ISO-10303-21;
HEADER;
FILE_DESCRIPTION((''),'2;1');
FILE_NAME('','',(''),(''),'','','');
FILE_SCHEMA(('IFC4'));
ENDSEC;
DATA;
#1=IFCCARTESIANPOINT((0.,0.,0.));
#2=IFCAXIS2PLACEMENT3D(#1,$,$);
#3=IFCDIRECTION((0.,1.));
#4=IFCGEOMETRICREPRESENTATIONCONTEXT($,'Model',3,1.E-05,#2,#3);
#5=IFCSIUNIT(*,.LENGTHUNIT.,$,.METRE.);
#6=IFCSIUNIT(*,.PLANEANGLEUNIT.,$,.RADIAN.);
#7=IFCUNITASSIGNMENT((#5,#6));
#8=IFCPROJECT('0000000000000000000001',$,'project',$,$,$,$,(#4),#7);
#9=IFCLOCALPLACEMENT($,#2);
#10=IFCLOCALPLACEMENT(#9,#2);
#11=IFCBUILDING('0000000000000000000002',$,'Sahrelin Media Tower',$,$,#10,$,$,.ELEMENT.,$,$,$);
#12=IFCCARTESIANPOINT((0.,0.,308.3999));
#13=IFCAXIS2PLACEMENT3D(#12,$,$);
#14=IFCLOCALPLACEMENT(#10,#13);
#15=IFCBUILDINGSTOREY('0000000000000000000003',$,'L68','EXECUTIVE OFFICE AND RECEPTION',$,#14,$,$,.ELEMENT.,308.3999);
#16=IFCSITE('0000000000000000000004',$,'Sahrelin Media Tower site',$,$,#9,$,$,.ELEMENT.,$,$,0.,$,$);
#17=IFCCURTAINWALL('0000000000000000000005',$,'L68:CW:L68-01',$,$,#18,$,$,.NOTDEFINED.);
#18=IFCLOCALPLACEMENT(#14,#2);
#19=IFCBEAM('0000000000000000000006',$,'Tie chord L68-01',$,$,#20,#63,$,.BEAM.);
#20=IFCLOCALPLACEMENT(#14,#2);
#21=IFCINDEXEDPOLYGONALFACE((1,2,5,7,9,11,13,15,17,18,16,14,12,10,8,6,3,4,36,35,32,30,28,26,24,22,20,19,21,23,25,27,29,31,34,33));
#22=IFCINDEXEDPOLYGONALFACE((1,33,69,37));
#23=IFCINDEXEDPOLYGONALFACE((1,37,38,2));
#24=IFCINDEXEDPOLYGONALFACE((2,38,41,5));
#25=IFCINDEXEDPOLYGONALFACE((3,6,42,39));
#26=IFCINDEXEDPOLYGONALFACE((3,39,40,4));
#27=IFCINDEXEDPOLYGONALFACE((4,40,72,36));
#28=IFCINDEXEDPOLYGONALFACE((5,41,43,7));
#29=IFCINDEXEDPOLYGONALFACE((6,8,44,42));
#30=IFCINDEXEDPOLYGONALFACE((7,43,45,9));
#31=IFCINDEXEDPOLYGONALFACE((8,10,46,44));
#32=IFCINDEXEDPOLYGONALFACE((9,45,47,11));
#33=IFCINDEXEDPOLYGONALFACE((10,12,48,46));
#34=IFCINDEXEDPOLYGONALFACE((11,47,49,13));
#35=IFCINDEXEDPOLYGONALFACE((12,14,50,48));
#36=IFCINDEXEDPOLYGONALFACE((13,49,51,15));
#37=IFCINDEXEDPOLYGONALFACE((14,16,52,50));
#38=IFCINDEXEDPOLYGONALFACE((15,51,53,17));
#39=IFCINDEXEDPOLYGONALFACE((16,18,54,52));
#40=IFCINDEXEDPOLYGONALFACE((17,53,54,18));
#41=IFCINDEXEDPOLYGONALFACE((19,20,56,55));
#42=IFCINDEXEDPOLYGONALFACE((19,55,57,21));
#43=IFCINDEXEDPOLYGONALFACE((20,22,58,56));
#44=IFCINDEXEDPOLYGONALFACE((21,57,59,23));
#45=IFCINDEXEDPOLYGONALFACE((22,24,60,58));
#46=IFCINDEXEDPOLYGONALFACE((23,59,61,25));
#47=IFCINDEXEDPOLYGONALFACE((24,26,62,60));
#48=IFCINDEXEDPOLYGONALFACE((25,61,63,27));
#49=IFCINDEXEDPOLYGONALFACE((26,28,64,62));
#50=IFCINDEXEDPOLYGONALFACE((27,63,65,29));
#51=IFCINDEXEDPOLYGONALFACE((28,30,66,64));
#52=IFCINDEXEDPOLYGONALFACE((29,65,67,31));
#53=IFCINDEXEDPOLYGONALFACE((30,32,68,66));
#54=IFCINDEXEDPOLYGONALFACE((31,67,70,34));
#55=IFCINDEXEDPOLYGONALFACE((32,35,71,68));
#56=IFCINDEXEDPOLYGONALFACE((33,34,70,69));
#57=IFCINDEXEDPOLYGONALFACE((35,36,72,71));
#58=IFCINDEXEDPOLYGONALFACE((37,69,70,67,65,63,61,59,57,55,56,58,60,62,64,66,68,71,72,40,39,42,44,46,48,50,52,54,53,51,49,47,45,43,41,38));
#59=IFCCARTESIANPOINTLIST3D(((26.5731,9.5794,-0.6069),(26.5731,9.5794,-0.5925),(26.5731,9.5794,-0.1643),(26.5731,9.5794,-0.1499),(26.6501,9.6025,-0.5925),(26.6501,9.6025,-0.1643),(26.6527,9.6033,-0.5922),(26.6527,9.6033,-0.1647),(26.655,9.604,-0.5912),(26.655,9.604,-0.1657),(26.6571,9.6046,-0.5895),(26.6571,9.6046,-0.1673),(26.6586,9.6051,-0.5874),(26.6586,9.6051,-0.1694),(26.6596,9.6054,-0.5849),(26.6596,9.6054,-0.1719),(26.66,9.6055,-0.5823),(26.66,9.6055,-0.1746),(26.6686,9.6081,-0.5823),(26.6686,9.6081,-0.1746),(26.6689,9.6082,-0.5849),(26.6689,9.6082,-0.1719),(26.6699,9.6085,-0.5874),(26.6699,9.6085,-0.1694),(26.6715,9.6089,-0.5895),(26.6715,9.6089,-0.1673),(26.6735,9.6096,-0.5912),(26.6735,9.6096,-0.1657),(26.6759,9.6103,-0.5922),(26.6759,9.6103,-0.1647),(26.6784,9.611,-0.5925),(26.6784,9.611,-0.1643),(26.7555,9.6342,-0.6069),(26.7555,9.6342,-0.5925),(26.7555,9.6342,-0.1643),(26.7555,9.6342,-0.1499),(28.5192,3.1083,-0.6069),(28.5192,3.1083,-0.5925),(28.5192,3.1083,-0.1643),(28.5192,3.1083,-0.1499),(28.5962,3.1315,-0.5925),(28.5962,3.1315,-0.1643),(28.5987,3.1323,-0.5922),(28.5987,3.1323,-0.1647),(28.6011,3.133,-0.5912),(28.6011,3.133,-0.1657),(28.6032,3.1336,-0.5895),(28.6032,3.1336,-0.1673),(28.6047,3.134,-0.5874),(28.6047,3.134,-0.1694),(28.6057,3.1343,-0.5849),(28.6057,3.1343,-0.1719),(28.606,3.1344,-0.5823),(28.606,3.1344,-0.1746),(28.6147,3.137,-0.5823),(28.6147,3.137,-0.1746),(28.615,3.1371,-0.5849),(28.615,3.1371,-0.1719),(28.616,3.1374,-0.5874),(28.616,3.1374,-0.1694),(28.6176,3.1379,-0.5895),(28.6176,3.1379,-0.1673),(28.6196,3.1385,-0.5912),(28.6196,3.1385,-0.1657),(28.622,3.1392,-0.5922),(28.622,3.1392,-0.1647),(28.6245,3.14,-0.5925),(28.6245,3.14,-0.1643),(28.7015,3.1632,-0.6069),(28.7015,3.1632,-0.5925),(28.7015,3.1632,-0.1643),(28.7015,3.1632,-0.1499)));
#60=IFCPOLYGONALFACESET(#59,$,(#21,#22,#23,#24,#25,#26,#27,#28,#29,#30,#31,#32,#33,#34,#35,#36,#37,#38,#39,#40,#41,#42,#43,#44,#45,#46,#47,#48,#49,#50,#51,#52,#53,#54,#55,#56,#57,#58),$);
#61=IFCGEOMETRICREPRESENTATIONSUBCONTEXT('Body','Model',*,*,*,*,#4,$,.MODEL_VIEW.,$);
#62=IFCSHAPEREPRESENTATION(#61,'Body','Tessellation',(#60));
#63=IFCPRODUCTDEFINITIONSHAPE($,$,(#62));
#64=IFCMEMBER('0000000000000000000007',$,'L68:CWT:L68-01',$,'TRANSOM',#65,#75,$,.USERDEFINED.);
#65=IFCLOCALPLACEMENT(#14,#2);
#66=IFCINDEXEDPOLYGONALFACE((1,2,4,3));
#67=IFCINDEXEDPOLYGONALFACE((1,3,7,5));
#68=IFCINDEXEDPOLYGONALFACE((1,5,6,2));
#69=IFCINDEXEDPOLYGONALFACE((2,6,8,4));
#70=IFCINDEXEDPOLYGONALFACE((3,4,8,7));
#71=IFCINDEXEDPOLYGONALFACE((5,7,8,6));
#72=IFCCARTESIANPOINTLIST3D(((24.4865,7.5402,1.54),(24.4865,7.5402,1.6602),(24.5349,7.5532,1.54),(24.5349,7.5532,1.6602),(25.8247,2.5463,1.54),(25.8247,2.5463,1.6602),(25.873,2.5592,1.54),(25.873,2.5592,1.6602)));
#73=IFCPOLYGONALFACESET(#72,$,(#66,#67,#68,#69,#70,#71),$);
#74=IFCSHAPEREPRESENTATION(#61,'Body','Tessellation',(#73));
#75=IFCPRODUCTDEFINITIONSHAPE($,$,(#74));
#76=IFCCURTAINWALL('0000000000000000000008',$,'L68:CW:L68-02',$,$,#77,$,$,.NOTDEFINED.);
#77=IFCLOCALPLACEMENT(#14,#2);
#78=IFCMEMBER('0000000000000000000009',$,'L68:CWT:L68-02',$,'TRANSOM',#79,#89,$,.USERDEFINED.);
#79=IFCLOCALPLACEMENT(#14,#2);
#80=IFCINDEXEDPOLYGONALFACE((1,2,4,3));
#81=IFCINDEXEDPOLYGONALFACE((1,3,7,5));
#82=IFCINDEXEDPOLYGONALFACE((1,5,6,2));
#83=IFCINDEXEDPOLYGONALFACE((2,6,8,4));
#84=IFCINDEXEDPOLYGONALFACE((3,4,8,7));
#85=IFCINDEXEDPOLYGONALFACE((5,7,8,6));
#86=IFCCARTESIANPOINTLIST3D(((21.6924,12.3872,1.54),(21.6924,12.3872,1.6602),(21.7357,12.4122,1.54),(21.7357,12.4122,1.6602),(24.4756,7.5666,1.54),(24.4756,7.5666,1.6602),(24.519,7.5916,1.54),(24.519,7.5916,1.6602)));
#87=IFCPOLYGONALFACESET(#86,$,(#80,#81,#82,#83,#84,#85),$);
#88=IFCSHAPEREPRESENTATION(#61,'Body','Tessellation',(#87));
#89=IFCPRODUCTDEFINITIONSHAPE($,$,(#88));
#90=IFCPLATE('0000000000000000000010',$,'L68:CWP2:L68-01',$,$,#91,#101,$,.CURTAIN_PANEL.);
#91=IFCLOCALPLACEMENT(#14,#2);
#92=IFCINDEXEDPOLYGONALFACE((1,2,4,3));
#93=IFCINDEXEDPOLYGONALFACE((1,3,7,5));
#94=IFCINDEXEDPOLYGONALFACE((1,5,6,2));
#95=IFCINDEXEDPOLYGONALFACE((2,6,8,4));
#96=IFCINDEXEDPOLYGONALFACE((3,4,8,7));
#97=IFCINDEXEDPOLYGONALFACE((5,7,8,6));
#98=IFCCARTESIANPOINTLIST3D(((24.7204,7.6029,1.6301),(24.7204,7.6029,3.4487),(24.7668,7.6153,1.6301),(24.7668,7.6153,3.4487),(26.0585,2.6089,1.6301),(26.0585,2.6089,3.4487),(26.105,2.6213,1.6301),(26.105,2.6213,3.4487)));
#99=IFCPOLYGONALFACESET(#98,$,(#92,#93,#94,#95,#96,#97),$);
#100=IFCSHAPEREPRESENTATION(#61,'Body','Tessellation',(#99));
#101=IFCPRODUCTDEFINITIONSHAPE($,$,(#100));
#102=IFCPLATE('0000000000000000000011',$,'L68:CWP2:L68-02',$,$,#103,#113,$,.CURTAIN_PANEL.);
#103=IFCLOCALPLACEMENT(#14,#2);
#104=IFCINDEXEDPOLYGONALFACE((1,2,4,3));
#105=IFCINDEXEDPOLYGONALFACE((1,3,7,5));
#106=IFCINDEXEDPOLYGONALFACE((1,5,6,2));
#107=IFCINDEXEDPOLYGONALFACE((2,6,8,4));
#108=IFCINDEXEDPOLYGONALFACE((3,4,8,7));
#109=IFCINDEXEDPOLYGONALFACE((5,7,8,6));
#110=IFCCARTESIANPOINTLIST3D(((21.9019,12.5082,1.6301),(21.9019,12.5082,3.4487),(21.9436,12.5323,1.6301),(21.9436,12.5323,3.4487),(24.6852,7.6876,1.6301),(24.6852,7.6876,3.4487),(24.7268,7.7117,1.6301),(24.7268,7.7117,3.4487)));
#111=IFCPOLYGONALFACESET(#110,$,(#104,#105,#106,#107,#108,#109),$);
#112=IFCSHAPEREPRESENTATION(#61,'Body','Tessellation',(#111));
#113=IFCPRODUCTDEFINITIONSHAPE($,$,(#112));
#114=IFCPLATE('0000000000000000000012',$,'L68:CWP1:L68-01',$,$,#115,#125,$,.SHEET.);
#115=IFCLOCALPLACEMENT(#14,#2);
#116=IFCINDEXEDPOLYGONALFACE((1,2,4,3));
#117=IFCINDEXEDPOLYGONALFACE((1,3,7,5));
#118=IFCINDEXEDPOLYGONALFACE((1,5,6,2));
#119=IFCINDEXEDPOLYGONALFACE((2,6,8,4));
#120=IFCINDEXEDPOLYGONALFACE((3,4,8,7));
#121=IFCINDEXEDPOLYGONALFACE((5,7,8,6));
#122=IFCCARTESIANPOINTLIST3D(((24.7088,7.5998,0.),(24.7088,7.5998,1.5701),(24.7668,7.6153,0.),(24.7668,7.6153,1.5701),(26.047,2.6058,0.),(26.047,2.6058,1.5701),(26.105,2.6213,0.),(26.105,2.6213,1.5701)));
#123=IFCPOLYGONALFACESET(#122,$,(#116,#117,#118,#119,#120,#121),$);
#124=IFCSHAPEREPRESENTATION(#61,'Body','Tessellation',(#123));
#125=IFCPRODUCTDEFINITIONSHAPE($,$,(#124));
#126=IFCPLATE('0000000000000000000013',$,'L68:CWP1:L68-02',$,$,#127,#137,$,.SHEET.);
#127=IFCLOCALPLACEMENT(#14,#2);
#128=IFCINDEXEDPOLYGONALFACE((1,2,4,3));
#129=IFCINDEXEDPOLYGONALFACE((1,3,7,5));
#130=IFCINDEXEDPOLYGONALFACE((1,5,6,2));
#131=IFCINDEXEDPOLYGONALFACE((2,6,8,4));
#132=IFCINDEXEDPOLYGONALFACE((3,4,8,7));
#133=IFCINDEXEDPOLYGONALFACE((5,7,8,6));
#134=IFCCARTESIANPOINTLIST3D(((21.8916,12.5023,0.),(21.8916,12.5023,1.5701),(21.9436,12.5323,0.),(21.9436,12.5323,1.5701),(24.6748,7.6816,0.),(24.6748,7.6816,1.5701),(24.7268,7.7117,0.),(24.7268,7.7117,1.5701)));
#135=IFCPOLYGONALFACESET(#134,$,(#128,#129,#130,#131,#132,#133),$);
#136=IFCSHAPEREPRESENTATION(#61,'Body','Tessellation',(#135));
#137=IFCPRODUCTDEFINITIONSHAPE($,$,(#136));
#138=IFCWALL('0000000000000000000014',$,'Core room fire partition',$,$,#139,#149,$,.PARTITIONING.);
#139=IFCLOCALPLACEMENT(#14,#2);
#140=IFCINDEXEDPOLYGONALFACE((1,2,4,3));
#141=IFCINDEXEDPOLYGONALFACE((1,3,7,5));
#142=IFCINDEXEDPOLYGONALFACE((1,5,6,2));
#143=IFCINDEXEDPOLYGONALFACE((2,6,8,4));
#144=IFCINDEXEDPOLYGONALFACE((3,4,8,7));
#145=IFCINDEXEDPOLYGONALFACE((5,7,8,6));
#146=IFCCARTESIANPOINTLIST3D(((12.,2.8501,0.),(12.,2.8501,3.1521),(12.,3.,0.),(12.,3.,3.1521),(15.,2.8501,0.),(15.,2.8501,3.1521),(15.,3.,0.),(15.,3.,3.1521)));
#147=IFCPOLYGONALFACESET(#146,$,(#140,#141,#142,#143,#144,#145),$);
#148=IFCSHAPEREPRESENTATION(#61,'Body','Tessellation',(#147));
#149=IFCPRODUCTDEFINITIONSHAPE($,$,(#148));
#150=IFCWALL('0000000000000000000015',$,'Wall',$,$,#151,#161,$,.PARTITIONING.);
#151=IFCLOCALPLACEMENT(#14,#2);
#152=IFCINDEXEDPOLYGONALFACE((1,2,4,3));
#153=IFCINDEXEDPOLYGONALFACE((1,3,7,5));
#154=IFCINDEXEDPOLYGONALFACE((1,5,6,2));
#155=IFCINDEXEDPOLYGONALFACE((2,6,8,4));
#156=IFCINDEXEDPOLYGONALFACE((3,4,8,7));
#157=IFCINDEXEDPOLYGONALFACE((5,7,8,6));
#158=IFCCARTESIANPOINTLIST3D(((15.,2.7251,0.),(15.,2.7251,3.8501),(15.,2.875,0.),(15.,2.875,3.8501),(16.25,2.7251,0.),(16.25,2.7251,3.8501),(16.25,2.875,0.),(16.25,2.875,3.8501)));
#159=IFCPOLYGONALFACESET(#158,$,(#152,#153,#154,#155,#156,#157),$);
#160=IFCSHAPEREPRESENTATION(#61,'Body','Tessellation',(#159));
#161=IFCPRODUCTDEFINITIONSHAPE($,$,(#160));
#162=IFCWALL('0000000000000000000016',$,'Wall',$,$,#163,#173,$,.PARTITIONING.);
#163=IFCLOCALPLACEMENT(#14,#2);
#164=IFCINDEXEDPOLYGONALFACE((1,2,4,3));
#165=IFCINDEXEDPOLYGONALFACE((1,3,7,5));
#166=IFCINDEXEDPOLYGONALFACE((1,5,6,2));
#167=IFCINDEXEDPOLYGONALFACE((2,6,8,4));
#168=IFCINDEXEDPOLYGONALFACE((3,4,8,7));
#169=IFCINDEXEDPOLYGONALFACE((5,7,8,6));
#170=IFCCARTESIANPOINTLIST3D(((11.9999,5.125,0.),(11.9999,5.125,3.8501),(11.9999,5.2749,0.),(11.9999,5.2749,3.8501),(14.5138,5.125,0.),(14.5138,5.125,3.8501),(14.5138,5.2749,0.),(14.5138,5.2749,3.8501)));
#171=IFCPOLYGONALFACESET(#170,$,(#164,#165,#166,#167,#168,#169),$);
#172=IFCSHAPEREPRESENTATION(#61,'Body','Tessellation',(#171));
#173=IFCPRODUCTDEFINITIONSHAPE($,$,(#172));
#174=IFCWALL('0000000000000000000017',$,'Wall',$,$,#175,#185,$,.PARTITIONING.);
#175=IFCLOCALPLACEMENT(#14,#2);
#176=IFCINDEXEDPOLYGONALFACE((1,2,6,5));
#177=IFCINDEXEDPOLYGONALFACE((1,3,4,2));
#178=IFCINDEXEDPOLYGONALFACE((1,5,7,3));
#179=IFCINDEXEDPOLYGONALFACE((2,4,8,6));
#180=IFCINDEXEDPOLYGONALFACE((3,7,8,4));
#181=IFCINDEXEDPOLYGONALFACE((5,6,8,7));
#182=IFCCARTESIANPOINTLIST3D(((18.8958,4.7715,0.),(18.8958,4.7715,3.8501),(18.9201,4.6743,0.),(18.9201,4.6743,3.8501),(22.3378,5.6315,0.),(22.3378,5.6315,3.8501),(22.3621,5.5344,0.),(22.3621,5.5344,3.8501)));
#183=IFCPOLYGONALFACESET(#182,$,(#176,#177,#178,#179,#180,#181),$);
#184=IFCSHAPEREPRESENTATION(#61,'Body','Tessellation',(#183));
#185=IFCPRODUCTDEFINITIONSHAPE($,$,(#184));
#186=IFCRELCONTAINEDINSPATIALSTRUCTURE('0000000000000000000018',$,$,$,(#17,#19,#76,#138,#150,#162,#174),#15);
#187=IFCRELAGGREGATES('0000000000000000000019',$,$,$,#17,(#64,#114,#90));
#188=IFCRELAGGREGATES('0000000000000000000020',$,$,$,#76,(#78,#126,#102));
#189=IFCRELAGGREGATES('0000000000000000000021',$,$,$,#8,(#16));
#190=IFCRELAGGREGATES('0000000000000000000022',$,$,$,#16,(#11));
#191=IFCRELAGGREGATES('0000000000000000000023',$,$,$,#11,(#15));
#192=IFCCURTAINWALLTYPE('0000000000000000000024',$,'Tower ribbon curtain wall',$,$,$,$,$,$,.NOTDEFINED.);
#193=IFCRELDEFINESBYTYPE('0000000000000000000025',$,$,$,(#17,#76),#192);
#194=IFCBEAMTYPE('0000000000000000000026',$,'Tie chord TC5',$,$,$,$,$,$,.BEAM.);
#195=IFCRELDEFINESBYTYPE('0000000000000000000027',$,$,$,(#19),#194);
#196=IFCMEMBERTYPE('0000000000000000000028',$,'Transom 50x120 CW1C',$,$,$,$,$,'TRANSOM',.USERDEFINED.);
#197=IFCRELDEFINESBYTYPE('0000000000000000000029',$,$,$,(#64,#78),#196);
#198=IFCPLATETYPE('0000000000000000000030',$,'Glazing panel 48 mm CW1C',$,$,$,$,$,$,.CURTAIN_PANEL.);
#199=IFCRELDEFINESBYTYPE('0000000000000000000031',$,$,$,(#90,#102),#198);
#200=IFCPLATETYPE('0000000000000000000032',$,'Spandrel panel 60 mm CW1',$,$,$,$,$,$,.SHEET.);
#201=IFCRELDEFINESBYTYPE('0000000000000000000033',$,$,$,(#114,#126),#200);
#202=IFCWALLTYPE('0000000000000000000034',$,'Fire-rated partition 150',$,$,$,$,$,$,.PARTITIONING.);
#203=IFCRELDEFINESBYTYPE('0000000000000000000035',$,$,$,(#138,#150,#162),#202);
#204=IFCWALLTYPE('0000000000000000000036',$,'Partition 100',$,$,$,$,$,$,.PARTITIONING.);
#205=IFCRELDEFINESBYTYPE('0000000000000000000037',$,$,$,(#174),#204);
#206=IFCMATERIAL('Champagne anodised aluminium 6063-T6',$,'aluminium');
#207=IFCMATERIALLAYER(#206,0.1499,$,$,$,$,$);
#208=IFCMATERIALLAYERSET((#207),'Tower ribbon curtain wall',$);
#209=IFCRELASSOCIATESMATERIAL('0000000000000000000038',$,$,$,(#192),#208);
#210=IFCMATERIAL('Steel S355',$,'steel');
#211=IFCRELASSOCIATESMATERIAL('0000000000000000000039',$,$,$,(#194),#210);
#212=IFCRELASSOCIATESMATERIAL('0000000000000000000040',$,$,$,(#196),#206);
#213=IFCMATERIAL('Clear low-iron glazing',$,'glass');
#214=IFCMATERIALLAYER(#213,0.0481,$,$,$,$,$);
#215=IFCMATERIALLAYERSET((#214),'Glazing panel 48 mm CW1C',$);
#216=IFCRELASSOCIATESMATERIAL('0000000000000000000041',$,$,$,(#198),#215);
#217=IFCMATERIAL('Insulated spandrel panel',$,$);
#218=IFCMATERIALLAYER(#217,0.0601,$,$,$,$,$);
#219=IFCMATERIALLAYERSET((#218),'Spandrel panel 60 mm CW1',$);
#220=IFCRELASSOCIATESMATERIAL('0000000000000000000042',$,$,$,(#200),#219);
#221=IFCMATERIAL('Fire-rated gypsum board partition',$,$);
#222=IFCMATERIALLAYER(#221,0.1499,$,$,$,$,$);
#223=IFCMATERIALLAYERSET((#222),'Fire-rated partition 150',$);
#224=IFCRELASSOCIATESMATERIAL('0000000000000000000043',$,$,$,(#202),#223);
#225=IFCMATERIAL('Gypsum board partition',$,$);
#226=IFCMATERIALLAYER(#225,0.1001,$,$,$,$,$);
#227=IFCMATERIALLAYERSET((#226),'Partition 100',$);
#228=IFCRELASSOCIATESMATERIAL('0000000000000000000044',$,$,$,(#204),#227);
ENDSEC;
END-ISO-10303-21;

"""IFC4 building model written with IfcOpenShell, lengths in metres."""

from ifc_helpers import new_model, si_unit, direction, frame, frame_2d, origin, origin_2d, place, context, subcontext, project, spatial, polyline, rectangle, i_section, outline, extrude, material, layer, layer_set, material_profile, profile_set, type_object, element, aggregate, save


model = new_model("IFC4")

# Units and contexts
model_context = context("Model", 3, precision=1e-05, world=origin(), true_north=direction((0.0, 1.0)))
body_context = subcontext(model_context, "Body", "Model", "MODEL_VIEW")
ifc_project = project(units=[si_unit("LENGTHUNIT", "METRE"), si_unit("PLANEANGLEUNIT", "RADIAN")], contexts=[model_context])

# Site, building, storey
site_placement = place(None, origin())
site = spatial("IfcSite", under=ifc_project, at=site_placement, Name="Sahrelin Media Tower site", CompositionType="ELEMENT", RefElevation=0.0)
building_placement = place(site_placement, origin())
building = spatial("IfcBuilding", under=site, at=building_placement, Name="Sahrelin Media Tower", CompositionType="ELEMENT")
storey_placement = place(building_placement, frame((0.0, 0.0, 308.3999)))
storey = spatial("IfcBuildingStorey", under=building, at=storey_placement, Name="L68", Description="EXECUTIVE OFFICE AND RECEPTION", CompositionType="ELEMENT", Elevation=308.3999)

# Shared definitions
ifc_material_1 = material(Name="Steel S355", Category="steel")

# Curtain wall
ifc_material_2 = material(Name="Champagne anodised aluminium 6063-T6", Category="aluminium")
ifc_layer_1 = layer(ifc_material_2, 0.1499)
ifc_layer_set_1 = layer_set([ifc_layer_1], Name="Tower ribbon curtain wall")
curtain_wall_type = type_object("IfcCurtainWallType", Name="Tower ribbon curtain wall", PredefinedType="NOTDEFINED", material=ifc_layer_set_1)
curtain_wall_1_placement = place(storey_placement, frame((25.4165, 5.113, 0.0), z_axis=(0.0, 0.0, 1.0), x_axis=(1.0, 0.0, 0.0)))
curtain_wall_1 = element("IfcCurtainWall", 1, at=curtain_wall_1_placement, inside=storey, type_object=curtain_wall_type, Name="L68:CW:L68-01", PredefinedType="NOTDEFINED")

# Beam
ifc_material_profile_1 = material_profile(ifc_material_1, i_section(OverallWidth=0.1904, OverallDepth=0.457, WebThickness=0.009, FlangeThickness=0.0144, FilletRadius=0.0103, at=origin_2d()), Name="UB 457x191x74")
ifc_profile_set_1 = profile_set([ifc_material_profile_1], Name="Steel S355")
beam_type_1 = type_object("IfcBeamType", Name="Tie chord TC5", PredefinedType="BEAM", material=ifc_profile_set_1)
beam_1_placement = place(storey_placement, frame((28.6104, 3.1357, -0.3784), z_axis=(-0.287994, 0.957632, 0.0), x_axis=(-0.957632, -0.287994, 0.0)))
element("IfcBeam", 2, at=beam_1_placement, inside=storey, type_object=beam_type_1, Name="Tie chord L68-01", PredefinedType="BEAM", context=body_context, shape_type="SweptSolid", body=[
    extrude(i_section(OverallWidth=0.1904, OverallDepth=0.457, WebThickness=0.009, FlangeThickness=0.0144, FilletRadius=0.0103, at=origin_2d()), origin(), (0.0, 0.0, 1.0), 6.7573),
])

# Member
ifc_material_profile_2 = material_profile(ifc_material_2, rectangle(XDim=0.05, YDim=0.1201, at=origin_2d()), Name="Transom 50x120")
ifc_profile_set_2 = profile_set([ifc_material_profile_2], Name="Champagne anodised aluminium 6063-T6")
member_type_1 = type_object("IfcMemberType", Name="Transom 50x120 CW1C", ElementType="TRANSOM", PredefinedType="USERDEFINED", material=ifc_profile_set_2)
member_1_placement = place(storey_placement, frame((25.8489, 2.5527, 1.6001), z_axis=(-0.258823, 0.965925, 0.0), x_axis=(-0.965925, -0.258823, 0.0)))
member_1 = element("IfcMember", 3, at=member_1_placement, type_object=member_type_1, Name="L68:CWT:L68-01", ObjectType="TRANSOM", PredefinedType="USERDEFINED", context=body_context, shape_type="SweptSolid", body=[
    extrude(rectangle(XDim=0.05, YDim=0.1201, at=origin_2d()), origin(), (0.0, 0.0, 1.0), 5.1702),
])

# Curtain wall, member
curtain_wall_2_placement = place(storey_placement, frame((23.3179, 10.1118, 0.0), z_axis=(0.0, 0.0, 1.0), x_axis=(1.0, 0.0, 0.0)))
curtain_wall_2 = element("IfcCurtainWall", 4, at=curtain_wall_2_placement, inside=storey, type_object=curtain_wall_type, Name="L68:CW:L68-02", PredefinedType="NOTDEFINED")
member_2_placement = place(storey_placement, frame((24.4973, 7.5791, 1.6001), z_axis=(-0.500007, 0.866021, 0.0), x_axis=(-0.866021, -0.500007, 0.0)))
member_2 = element("IfcMember", 5, at=member_2_placement, type_object=member_type_1, Name="L68:CWT:L68-02", ObjectType="TRANSOM", PredefinedType="USERDEFINED", context=body_context, shape_type="SweptSolid", body=[
    extrude(rectangle(XDim=0.05, YDim=0.1201, at=origin_2d()), origin(), (0.0, 0.0, 1.0), 5.5664),
])

# Plates
ifc_material_3 = material(Name="Clear low-iron glazing", Category="glass")
ifc_layer_2 = layer(ifc_material_3, 0.0481)
ifc_layer_set_2 = layer_set([ifc_layer_2], Name="Glazing panel 48 mm CW1C")
plate_type_1 = type_object("IfcPlateType", Name="Glazing panel 48 mm CW1C", PredefinedType="CURTAIN_PANEL", material=ifc_layer_set_2)
plate_1_placement = place(storey_placement, frame((26.105, 2.6213, 1.6301), z_axis=(0.965925, 0.258823, 0.0), x_axis=(-0.258823, 0.965925, 0.0)))
plate_1 = element("IfcPlate", 6, at=plate_1_placement, type_object=plate_type_1, Name="L68:CWP2:L68-01", PredefinedType="CURTAIN_PANEL", context=body_context, shape_type="SweptSolid", body=[
    extrude(outline(polyline([(0.0, 0.0), (5.1702, 0.0), (5.1702, 1.8186), (0.0, 1.8186), (0.0, 0.0)])), origin(), (0.0, 0.0, -1.0), 0.0481),
])
plate_2_placement = place(storey_placement, frame((24.7268, 7.7117, 1.6301), z_axis=(0.866021, 0.500007, 0.0), x_axis=(-0.500007, 0.866021, 0.0)))
plate_2 = element("IfcPlate", 7, at=plate_2_placement, type_object=plate_type_1, Name="L68:CWP2:L68-02", PredefinedType="CURTAIN_PANEL", context=body_context, shape_type="SweptSolid", body=[
    extrude(outline(polyline([(0.0, 0.0), (5.5664, 0.0), (5.5664, 1.8186), (0.0, 1.8186), (0.0, 0.0)])), origin(), (0.0, 0.0, -1.0), 0.0481),
])
ifc_material_4 = material(Name="Insulated spandrel panel")
ifc_layer_3 = layer(ifc_material_4, 0.0601)
ifc_layer_set_3 = layer_set([ifc_layer_3], Name="Spandrel panel 60 mm CW1")
plate_type_2 = type_object("IfcPlateType", Name="Spandrel panel 60 mm CW1", PredefinedType="SHEET", material=ifc_layer_set_3)
plate_3_placement = place(storey_placement, frame((26.105, 2.6213, 0.0), z_axis=(0.965925, 0.258823, 0.0), x_axis=(-0.258823, 0.965925, 0.0)))
plate_3 = element("IfcPlate", 8, at=plate_3_placement, type_object=plate_type_2, Name="L68:CWP1:L68-01", PredefinedType="SHEET", context=body_context, shape_type="SweptSolid", body=[
    extrude(outline(polyline([(0.0, 0.0), (5.1702, 0.0), (5.1702, 1.5701), (0.0, 1.5701), (0.0, 0.0)])), origin(), (0.0, 0.0, -1.0), 0.0601),
])
aggregate(curtain_wall_1, [member_1, plate_3, plate_1])
plate_4_placement = place(storey_placement, frame((24.7268, 7.7117, 0.0), z_axis=(0.866021, 0.500007, 0.0), x_axis=(-0.500007, 0.866021, 0.0)))
plate_4 = element("IfcPlate", 9, at=plate_4_placement, type_object=plate_type_2, Name="L68:CWP1:L68-02", PredefinedType="SHEET", context=body_context, shape_type="SweptSolid", body=[
    extrude(outline(polyline([(0.0, 0.0), (5.5664, 0.0), (5.5664, 1.5701), (0.0, 1.5701), (0.0, 0.0)])), origin(), (0.0, 0.0, -1.0), 0.0601),
])
aggregate(curtain_wall_2, [member_2, plate_4, plate_2])

# Walls
ifc_material_5 = material(Name="Fire-rated gypsum board partition")
ifc_layer_4 = layer(ifc_material_5, 0.1499)
ifc_layer_set_4 = layer_set([ifc_layer_4], Name="Fire-rated partition 150")
wall_type_1 = type_object("IfcWallType", Name="Fire-rated partition 150", PredefinedType="PARTITIONING", material=ifc_layer_set_4)
wall_1_placement = place(storey_placement, frame((12.0, 2.925, 0.0), z_axis=(0.0, 0.0, 1.0), x_axis=(1.0, 0.0, 0.0)))
element("IfcWall", 10, at=wall_1_placement, inside=storey, type_object=wall_type_1, Name="Core room fire partition", PredefinedType="PARTITIONING", context=body_context, shape_type="SweptSolid", body=[
    extrude(rectangle(XDim=3.0, YDim=0.1499, at=frame_2d((1.5, 0.0))), origin(), (0.0, 0.0, 1.0), 3.1521),
])
wall_2_placement = place(storey_placement, frame((15.0, 2.8, 0.0), z_axis=(0.0, 0.0, 1.0), x_axis=(1.0, 0.0, 0.0)))
element("IfcWall", 11, at=wall_2_placement, inside=storey, type_object=wall_type_1, Name="Wall", PredefinedType="PARTITIONING", context=body_context, shape_type="SweptSolid", body=[
    extrude(rectangle(XDim=1.25, YDim=0.1499, at=frame_2d((0.625, 0.0))), origin(), (0.0, 0.0, 1.0), 3.8501),
])
wall_3_placement = place(storey_placement, frame((12.0, 5.2, 0.0), z_axis=(0.0, 0.0, 1.0), x_axis=(1.0, 0.0, 0.0)))
element("IfcWall", 12, at=wall_3_placement, inside=storey, type_object=wall_type_1, Name="Wall", PredefinedType="PARTITIONING", context=body_context, shape_type="SweptSolid", body=[
    extrude(rectangle(XDim=2.5139, YDim=0.1499, at=frame_2d((1.2568, 0.0))), origin(), (0.0, 0.0, 1.0), 3.8501),
])
ifc_material_6 = material(Name="Gypsum board partition")
ifc_layer_5 = layer(ifc_material_6, 0.1001)
ifc_layer_set_5 = layer_set([ifc_layer_5], Name="Partition 100")
wall_type_2 = type_object("IfcWallType", Name="Partition 100", PredefinedType="PARTITIONING", material=ifc_layer_set_5)
wall_4_placement = place(storey_placement, frame((18.908, 4.7229, 0.0), z_axis=(0.0, 0.0, 1.0), x_axis=(0.970171, 0.242422, 0.0)))
element("IfcWall", 13, at=wall_4_placement, inside=storey, type_object=wall_type_2, Name="Wall", PredefinedType="PARTITIONING", context=body_context, shape_type="SweptSolid", body=[
    extrude(rectangle(XDim=3.5479, YDim=0.1001, at=frame_2d((1.7739, 0.0))), origin(), (0.0, 0.0, 1.0), 3.8501),
])

save(model, "model.ifc")
